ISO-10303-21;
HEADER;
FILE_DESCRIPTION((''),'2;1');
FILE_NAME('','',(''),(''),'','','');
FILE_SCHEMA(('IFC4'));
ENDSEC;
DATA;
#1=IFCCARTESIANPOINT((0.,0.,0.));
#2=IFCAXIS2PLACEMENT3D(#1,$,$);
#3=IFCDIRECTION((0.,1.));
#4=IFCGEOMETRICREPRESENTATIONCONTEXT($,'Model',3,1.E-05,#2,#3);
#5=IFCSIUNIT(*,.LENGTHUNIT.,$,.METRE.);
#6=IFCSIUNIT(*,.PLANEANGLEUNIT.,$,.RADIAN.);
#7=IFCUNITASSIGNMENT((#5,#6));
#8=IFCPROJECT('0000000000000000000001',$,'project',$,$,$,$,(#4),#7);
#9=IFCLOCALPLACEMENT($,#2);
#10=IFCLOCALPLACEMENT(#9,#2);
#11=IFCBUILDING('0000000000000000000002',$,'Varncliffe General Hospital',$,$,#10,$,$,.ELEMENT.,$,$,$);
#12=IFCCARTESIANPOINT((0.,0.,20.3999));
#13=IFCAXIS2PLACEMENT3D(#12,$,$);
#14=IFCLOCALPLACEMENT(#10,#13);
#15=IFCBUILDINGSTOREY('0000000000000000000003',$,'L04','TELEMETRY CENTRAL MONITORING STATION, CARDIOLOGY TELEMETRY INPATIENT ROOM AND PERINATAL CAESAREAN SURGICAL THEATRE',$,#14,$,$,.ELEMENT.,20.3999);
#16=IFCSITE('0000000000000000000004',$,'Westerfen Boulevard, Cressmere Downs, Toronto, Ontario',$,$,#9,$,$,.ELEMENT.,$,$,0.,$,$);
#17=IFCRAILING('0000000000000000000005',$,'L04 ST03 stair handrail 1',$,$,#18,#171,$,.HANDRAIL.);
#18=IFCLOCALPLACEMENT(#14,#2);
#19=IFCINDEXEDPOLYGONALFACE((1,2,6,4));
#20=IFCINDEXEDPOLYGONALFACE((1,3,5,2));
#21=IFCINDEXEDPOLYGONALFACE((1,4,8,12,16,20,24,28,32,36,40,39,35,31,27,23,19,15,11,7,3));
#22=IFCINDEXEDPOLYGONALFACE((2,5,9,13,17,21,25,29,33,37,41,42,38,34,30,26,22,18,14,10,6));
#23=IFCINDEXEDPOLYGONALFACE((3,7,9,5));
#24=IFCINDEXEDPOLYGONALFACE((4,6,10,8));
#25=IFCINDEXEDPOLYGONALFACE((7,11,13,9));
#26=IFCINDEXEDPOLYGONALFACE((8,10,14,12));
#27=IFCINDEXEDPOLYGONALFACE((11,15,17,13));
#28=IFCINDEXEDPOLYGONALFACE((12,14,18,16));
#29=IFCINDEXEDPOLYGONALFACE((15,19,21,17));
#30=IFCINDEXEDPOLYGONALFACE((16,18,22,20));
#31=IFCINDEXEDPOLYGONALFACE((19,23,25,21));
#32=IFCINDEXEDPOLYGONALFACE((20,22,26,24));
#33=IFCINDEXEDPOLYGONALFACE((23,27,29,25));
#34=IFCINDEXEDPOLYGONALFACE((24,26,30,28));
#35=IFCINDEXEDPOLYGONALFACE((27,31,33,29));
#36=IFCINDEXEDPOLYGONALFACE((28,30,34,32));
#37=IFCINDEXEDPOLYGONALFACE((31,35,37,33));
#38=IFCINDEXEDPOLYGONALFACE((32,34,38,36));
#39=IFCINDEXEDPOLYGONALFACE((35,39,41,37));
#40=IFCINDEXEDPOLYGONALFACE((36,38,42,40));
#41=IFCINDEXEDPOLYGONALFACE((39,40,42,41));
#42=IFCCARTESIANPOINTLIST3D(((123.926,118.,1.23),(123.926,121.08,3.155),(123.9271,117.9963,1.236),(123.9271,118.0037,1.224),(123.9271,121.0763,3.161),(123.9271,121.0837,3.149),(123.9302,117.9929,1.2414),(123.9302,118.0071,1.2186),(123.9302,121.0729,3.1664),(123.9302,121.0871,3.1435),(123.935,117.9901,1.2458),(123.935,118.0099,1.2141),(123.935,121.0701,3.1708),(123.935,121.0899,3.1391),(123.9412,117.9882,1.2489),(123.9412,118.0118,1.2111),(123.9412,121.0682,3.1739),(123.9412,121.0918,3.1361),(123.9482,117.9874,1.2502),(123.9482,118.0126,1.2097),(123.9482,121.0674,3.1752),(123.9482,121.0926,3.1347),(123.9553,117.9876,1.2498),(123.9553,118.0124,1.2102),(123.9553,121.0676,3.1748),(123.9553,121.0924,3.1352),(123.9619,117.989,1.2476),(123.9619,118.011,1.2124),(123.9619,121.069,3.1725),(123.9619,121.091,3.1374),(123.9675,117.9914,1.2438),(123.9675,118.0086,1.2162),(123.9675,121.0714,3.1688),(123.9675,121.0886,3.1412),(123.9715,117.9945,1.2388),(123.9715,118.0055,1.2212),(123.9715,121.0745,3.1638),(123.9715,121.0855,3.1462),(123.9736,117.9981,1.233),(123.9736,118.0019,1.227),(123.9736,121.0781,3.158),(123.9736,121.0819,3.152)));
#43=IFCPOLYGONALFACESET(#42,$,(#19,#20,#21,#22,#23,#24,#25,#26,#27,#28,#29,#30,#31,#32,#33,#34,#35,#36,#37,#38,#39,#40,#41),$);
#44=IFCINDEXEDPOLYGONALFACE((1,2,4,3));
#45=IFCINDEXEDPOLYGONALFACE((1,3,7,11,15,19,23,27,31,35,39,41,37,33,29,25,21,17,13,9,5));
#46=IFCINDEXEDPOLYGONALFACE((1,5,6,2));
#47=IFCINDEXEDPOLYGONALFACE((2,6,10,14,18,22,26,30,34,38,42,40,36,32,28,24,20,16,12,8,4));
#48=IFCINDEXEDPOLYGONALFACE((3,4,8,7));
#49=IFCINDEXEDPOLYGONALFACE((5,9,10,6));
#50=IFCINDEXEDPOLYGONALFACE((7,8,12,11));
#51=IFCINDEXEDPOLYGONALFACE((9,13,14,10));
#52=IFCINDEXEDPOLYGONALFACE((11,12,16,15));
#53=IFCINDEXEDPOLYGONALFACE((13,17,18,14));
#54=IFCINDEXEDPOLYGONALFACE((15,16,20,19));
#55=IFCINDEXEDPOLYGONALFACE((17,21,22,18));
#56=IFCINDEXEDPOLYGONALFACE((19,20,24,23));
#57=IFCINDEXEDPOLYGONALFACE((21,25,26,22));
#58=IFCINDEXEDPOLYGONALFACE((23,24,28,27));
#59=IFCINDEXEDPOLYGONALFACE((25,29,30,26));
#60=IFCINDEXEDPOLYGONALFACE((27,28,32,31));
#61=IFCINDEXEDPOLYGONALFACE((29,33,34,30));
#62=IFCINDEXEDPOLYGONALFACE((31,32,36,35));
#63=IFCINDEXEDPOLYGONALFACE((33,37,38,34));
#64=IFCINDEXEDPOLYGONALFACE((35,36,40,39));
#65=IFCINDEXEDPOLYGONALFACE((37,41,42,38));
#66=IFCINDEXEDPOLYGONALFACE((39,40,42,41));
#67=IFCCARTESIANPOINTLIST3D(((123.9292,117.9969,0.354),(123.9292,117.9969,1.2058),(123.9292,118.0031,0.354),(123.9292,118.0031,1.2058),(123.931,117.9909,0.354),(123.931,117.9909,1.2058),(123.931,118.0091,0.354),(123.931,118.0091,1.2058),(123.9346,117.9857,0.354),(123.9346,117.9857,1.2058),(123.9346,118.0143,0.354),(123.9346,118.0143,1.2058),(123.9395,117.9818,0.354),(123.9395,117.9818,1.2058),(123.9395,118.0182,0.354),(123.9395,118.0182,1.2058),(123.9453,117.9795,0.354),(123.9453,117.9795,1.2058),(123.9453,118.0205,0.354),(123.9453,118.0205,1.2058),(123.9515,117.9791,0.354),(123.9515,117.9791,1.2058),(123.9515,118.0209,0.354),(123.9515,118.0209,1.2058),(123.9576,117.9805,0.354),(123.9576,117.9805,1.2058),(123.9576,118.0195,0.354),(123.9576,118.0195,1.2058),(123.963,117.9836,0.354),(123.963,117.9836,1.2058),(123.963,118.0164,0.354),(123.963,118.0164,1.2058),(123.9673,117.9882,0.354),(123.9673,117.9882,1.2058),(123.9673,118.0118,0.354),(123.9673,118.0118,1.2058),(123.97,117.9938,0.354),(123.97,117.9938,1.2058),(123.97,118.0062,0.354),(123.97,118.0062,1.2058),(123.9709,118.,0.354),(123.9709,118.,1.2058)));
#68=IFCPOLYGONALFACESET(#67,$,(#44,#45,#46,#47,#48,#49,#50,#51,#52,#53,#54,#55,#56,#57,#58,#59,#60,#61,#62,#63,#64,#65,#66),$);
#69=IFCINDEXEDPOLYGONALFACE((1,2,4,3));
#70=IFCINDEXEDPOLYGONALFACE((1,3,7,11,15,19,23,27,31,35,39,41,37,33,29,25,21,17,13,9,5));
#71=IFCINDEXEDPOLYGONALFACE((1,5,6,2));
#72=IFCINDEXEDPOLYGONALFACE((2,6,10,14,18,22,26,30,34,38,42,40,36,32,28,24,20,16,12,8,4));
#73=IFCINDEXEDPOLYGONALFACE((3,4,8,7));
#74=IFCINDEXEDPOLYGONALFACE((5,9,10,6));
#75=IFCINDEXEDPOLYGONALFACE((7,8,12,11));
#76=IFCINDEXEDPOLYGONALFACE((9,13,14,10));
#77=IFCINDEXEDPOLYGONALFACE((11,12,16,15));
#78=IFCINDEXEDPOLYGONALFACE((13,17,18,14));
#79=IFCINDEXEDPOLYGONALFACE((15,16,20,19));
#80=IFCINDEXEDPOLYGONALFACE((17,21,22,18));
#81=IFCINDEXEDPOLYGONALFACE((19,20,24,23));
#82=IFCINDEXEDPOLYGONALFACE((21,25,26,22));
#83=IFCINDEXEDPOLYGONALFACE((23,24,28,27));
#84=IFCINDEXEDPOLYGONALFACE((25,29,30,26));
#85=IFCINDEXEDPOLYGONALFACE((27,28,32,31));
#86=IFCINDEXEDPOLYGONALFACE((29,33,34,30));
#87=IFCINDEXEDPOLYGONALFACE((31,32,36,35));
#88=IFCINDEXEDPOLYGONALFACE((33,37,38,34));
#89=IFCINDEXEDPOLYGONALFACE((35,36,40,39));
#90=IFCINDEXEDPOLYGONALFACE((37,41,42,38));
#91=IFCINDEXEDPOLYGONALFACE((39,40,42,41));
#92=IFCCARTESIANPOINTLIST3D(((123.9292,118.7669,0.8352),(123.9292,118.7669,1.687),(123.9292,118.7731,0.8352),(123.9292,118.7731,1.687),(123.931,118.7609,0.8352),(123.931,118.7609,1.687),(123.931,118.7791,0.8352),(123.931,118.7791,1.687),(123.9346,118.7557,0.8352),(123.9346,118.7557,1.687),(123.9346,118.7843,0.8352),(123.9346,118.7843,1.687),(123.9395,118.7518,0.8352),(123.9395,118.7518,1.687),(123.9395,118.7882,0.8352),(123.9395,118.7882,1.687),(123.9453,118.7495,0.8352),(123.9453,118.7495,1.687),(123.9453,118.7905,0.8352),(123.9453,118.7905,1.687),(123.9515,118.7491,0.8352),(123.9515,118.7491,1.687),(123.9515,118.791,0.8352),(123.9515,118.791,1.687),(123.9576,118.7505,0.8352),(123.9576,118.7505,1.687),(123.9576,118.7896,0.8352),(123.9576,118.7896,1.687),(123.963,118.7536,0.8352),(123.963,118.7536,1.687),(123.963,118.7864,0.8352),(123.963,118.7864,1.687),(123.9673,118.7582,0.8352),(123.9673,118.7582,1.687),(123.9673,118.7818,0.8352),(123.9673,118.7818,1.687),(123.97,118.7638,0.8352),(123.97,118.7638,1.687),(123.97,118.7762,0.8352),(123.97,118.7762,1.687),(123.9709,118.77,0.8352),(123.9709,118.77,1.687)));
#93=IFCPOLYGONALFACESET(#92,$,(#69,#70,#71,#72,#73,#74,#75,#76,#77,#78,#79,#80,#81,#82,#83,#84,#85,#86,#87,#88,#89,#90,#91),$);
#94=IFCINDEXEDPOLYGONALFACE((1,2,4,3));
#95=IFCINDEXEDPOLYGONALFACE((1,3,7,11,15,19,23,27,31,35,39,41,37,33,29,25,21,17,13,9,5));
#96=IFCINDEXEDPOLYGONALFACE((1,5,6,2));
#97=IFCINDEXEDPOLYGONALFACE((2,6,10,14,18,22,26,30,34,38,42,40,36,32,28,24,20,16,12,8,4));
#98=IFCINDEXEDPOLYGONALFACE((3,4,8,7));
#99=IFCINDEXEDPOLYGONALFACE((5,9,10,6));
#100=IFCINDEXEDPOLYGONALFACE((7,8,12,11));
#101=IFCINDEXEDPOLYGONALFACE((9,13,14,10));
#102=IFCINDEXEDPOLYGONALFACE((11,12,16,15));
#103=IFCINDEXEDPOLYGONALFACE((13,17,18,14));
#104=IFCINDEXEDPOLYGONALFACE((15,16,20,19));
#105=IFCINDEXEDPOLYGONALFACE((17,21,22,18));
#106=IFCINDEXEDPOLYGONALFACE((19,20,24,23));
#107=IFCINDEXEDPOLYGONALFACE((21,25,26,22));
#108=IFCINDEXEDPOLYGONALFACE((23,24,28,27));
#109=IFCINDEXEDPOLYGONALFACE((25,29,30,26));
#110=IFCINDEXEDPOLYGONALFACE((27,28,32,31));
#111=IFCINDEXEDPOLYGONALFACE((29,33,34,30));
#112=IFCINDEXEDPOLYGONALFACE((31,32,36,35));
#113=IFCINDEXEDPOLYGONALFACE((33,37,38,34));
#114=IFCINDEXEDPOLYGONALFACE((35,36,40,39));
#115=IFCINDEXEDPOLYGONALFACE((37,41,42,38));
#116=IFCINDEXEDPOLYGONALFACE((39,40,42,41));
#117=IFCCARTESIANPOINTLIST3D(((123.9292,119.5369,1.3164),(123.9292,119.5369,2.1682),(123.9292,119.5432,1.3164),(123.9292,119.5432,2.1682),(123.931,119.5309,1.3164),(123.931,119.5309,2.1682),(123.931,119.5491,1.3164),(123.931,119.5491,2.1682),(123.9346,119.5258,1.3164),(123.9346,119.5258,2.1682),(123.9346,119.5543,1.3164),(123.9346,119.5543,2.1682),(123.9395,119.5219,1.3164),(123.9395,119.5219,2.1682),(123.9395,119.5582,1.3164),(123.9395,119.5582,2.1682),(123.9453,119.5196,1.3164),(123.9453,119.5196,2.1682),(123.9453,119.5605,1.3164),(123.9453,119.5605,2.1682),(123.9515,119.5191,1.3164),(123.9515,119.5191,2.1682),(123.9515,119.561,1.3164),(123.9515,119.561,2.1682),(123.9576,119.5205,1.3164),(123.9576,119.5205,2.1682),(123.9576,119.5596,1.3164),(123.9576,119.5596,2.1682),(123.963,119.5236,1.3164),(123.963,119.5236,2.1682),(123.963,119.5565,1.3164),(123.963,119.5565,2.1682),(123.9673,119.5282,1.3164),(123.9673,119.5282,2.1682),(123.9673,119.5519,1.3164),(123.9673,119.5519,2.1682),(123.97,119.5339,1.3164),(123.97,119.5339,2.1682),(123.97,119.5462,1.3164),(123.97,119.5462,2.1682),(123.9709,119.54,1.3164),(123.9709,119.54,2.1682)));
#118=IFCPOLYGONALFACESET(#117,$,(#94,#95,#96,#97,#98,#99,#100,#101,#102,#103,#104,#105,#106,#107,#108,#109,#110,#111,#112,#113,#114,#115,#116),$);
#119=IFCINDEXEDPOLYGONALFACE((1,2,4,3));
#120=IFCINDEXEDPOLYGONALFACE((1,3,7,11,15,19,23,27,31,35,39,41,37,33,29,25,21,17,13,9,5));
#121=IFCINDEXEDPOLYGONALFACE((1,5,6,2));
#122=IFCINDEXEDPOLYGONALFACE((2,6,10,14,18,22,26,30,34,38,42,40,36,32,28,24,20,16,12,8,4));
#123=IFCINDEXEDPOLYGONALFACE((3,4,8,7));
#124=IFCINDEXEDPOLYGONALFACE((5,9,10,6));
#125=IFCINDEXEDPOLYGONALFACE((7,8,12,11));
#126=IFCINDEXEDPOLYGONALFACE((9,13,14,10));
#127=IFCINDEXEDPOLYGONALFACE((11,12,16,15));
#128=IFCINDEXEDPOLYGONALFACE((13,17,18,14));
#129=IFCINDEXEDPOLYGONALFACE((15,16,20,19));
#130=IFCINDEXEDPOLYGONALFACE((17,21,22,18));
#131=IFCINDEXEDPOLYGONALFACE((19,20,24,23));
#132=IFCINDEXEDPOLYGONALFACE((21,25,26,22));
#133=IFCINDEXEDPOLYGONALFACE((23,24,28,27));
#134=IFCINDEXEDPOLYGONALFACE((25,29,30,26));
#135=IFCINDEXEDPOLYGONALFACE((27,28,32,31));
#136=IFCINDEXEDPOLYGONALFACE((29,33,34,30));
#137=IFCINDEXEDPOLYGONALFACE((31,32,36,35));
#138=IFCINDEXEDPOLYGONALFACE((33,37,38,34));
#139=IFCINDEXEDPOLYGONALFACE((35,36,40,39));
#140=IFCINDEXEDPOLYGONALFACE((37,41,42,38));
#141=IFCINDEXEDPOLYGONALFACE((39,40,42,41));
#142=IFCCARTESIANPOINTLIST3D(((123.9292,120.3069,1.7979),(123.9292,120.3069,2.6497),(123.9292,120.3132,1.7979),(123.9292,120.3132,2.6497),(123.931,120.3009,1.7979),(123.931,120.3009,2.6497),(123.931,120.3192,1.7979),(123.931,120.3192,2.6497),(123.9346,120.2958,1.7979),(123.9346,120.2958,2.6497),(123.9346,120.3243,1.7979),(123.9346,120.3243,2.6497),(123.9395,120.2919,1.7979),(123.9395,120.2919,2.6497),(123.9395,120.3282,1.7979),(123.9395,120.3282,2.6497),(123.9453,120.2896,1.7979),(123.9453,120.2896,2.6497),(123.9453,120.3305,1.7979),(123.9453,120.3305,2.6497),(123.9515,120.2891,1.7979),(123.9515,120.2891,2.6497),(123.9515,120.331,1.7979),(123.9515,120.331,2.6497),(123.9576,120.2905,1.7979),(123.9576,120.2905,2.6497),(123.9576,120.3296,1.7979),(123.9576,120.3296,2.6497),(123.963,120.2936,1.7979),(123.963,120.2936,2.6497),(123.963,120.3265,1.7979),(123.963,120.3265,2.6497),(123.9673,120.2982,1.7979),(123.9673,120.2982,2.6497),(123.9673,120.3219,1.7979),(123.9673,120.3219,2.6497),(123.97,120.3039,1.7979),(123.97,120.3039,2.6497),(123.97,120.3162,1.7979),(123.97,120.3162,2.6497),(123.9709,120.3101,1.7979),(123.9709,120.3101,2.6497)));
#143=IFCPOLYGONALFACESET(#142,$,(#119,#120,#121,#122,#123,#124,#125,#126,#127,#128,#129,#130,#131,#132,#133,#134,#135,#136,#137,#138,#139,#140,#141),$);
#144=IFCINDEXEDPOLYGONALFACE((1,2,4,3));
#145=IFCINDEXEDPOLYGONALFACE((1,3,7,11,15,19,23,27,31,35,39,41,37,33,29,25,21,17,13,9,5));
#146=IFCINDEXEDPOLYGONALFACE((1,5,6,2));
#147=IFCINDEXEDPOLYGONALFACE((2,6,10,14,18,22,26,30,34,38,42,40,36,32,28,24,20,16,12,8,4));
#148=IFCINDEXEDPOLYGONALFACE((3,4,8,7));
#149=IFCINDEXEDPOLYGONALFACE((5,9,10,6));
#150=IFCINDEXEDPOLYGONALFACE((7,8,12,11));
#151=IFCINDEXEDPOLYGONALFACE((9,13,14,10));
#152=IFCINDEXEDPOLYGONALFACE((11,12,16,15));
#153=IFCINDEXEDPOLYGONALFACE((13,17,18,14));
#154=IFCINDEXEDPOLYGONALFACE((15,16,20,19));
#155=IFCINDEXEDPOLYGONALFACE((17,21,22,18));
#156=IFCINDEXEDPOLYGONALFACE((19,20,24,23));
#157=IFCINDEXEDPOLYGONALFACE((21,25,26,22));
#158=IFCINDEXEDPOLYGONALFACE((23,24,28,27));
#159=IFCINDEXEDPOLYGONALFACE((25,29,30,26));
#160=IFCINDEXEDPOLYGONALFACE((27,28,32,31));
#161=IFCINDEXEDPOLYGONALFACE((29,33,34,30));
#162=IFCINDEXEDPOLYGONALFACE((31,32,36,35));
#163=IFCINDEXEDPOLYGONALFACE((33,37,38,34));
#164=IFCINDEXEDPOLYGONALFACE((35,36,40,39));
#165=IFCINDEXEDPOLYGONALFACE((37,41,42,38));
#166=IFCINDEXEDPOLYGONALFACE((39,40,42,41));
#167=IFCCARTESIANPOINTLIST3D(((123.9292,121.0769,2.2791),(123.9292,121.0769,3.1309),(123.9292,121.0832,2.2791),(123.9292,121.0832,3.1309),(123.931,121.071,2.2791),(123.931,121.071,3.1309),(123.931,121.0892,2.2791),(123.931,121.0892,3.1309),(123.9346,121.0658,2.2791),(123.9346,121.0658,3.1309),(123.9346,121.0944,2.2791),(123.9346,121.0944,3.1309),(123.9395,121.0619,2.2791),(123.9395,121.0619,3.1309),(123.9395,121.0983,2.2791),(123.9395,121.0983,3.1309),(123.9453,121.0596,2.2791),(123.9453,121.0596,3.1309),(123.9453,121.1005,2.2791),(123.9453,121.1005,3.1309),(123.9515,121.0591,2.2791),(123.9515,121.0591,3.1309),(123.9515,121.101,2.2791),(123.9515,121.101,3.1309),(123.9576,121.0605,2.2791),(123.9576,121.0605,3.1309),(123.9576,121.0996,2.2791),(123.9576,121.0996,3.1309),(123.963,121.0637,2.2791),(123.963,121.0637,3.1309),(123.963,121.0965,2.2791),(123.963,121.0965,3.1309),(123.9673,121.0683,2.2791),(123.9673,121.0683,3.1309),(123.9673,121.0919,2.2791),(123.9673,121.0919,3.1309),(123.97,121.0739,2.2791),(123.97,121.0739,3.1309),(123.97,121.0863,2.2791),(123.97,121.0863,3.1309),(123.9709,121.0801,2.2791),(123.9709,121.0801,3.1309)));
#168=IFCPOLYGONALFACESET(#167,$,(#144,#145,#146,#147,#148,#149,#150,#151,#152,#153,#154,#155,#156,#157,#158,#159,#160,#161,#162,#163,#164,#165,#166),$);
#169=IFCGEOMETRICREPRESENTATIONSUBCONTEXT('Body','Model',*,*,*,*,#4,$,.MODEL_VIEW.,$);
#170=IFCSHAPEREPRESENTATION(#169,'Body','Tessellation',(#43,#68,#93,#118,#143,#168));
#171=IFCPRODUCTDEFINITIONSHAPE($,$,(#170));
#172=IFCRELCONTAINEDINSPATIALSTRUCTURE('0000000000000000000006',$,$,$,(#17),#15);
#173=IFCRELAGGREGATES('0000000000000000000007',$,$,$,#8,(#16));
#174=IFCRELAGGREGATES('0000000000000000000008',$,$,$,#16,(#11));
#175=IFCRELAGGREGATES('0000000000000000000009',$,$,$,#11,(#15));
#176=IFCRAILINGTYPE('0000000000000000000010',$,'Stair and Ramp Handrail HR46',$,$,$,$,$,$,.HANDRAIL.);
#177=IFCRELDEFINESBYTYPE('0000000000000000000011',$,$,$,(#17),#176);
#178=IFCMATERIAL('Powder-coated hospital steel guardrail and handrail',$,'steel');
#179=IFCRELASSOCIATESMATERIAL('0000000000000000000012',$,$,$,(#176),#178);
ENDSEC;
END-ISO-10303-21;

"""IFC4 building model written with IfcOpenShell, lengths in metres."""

from ifc_helpers import new_model, si_unit, direction, frame, origin, origin_2d, place, context, subcontext, project, spatial, circle, extrude, material, type_object, element, save


model = new_model("IFC4")

# Units and contexts
model_context = context("Model", 3, precision=1e-05, world=origin(), true_north=direction((0.0, 1.0)))
body_context = subcontext(model_context, "Body", "Model", "MODEL_VIEW")
ifc_project = project(units=[si_unit("LENGTHUNIT", "METRE"), si_unit("PLANEANGLEUNIT", "RADIAN")], contexts=[model_context])

# Site, building, storey
site_placement = place(None, origin())
site = spatial("IfcSite", under=ifc_project, at=site_placement, Name="Westerfen Boulevard, Cressmere Downs, Toronto, Ontario", CompositionType="ELEMENT", RefElevation=0.0)
building_placement = place(site_placement, origin())
building = spatial("IfcBuilding", under=site, at=building_placement, Name="Varncliffe General Hospital", CompositionType="ELEMENT")
storey_placement = place(building_placement, frame((0.0, 0.0, 20.3999)))
storey = spatial("IfcBuildingStorey", under=building, at=storey_placement, Name="L04", Description="TELEMETRY CENTRAL MONITORING STATION, CARDIOLOGY TELEMETRY INPATIENT ROOM AND PERINATAL CAESAREAN SURGICAL THEATRE", CompositionType="ELEMENT", Elevation=20.3999)

# Railing
ifc_material_1 = material(Name="Powder-coated hospital steel guardrail and handrail", Category="steel")
railing_type_1 = type_object("IfcRailingType", Name="Stair and Ramp Handrail HR46", PredefinedType="HANDRAIL", material=ifc_material_1)
railing_1_placement = place(storey_placement, frame((123.95, 118.0, 0.354)))
element("IfcRailing", 1, at=railing_1_placement, inside=storey, type_object=railing_type_1, Name="L04 ST03 stair handrail 1", PredefinedType="HANDRAIL", context=body_context, shape_type="SweptSolid", body=[
    extrude(circle(Radius=0.0239, at=origin_2d()), frame((0.0, 0.0, 0.876), z_axis=(0.0, 0.847998, 0.529999), x_axis=(-1.0, 0.0, 0.0)), (0.0, 0.0, 1.0), 3.6321),
    extrude(circle(Radius=0.021, at=origin_2d()), origin(), (0.0, 0.0, 1.0), 0.8518),
    extrude(circle(Radius=0.021, at=origin_2d()), frame((0.0, 0.77, 0.4812)), (0.0, 0.0, 1.0), 0.8518),
    extrude(circle(Radius=0.021, at=origin_2d()), frame((0.0, 1.54, 0.9624)), (0.0, 0.0, 1.0), 0.8518),
    extrude(circle(Radius=0.021, at=origin_2d()), frame((0.0, 2.3101, 1.4438)), (0.0, 0.0, 1.0), 0.8518),
    extrude(circle(Radius=0.021, at=origin_2d()), frame((0.0, 3.0801, 1.925)), (0.0, 0.0, 1.0), 0.8518),
])

save(model, "model.ifc")
